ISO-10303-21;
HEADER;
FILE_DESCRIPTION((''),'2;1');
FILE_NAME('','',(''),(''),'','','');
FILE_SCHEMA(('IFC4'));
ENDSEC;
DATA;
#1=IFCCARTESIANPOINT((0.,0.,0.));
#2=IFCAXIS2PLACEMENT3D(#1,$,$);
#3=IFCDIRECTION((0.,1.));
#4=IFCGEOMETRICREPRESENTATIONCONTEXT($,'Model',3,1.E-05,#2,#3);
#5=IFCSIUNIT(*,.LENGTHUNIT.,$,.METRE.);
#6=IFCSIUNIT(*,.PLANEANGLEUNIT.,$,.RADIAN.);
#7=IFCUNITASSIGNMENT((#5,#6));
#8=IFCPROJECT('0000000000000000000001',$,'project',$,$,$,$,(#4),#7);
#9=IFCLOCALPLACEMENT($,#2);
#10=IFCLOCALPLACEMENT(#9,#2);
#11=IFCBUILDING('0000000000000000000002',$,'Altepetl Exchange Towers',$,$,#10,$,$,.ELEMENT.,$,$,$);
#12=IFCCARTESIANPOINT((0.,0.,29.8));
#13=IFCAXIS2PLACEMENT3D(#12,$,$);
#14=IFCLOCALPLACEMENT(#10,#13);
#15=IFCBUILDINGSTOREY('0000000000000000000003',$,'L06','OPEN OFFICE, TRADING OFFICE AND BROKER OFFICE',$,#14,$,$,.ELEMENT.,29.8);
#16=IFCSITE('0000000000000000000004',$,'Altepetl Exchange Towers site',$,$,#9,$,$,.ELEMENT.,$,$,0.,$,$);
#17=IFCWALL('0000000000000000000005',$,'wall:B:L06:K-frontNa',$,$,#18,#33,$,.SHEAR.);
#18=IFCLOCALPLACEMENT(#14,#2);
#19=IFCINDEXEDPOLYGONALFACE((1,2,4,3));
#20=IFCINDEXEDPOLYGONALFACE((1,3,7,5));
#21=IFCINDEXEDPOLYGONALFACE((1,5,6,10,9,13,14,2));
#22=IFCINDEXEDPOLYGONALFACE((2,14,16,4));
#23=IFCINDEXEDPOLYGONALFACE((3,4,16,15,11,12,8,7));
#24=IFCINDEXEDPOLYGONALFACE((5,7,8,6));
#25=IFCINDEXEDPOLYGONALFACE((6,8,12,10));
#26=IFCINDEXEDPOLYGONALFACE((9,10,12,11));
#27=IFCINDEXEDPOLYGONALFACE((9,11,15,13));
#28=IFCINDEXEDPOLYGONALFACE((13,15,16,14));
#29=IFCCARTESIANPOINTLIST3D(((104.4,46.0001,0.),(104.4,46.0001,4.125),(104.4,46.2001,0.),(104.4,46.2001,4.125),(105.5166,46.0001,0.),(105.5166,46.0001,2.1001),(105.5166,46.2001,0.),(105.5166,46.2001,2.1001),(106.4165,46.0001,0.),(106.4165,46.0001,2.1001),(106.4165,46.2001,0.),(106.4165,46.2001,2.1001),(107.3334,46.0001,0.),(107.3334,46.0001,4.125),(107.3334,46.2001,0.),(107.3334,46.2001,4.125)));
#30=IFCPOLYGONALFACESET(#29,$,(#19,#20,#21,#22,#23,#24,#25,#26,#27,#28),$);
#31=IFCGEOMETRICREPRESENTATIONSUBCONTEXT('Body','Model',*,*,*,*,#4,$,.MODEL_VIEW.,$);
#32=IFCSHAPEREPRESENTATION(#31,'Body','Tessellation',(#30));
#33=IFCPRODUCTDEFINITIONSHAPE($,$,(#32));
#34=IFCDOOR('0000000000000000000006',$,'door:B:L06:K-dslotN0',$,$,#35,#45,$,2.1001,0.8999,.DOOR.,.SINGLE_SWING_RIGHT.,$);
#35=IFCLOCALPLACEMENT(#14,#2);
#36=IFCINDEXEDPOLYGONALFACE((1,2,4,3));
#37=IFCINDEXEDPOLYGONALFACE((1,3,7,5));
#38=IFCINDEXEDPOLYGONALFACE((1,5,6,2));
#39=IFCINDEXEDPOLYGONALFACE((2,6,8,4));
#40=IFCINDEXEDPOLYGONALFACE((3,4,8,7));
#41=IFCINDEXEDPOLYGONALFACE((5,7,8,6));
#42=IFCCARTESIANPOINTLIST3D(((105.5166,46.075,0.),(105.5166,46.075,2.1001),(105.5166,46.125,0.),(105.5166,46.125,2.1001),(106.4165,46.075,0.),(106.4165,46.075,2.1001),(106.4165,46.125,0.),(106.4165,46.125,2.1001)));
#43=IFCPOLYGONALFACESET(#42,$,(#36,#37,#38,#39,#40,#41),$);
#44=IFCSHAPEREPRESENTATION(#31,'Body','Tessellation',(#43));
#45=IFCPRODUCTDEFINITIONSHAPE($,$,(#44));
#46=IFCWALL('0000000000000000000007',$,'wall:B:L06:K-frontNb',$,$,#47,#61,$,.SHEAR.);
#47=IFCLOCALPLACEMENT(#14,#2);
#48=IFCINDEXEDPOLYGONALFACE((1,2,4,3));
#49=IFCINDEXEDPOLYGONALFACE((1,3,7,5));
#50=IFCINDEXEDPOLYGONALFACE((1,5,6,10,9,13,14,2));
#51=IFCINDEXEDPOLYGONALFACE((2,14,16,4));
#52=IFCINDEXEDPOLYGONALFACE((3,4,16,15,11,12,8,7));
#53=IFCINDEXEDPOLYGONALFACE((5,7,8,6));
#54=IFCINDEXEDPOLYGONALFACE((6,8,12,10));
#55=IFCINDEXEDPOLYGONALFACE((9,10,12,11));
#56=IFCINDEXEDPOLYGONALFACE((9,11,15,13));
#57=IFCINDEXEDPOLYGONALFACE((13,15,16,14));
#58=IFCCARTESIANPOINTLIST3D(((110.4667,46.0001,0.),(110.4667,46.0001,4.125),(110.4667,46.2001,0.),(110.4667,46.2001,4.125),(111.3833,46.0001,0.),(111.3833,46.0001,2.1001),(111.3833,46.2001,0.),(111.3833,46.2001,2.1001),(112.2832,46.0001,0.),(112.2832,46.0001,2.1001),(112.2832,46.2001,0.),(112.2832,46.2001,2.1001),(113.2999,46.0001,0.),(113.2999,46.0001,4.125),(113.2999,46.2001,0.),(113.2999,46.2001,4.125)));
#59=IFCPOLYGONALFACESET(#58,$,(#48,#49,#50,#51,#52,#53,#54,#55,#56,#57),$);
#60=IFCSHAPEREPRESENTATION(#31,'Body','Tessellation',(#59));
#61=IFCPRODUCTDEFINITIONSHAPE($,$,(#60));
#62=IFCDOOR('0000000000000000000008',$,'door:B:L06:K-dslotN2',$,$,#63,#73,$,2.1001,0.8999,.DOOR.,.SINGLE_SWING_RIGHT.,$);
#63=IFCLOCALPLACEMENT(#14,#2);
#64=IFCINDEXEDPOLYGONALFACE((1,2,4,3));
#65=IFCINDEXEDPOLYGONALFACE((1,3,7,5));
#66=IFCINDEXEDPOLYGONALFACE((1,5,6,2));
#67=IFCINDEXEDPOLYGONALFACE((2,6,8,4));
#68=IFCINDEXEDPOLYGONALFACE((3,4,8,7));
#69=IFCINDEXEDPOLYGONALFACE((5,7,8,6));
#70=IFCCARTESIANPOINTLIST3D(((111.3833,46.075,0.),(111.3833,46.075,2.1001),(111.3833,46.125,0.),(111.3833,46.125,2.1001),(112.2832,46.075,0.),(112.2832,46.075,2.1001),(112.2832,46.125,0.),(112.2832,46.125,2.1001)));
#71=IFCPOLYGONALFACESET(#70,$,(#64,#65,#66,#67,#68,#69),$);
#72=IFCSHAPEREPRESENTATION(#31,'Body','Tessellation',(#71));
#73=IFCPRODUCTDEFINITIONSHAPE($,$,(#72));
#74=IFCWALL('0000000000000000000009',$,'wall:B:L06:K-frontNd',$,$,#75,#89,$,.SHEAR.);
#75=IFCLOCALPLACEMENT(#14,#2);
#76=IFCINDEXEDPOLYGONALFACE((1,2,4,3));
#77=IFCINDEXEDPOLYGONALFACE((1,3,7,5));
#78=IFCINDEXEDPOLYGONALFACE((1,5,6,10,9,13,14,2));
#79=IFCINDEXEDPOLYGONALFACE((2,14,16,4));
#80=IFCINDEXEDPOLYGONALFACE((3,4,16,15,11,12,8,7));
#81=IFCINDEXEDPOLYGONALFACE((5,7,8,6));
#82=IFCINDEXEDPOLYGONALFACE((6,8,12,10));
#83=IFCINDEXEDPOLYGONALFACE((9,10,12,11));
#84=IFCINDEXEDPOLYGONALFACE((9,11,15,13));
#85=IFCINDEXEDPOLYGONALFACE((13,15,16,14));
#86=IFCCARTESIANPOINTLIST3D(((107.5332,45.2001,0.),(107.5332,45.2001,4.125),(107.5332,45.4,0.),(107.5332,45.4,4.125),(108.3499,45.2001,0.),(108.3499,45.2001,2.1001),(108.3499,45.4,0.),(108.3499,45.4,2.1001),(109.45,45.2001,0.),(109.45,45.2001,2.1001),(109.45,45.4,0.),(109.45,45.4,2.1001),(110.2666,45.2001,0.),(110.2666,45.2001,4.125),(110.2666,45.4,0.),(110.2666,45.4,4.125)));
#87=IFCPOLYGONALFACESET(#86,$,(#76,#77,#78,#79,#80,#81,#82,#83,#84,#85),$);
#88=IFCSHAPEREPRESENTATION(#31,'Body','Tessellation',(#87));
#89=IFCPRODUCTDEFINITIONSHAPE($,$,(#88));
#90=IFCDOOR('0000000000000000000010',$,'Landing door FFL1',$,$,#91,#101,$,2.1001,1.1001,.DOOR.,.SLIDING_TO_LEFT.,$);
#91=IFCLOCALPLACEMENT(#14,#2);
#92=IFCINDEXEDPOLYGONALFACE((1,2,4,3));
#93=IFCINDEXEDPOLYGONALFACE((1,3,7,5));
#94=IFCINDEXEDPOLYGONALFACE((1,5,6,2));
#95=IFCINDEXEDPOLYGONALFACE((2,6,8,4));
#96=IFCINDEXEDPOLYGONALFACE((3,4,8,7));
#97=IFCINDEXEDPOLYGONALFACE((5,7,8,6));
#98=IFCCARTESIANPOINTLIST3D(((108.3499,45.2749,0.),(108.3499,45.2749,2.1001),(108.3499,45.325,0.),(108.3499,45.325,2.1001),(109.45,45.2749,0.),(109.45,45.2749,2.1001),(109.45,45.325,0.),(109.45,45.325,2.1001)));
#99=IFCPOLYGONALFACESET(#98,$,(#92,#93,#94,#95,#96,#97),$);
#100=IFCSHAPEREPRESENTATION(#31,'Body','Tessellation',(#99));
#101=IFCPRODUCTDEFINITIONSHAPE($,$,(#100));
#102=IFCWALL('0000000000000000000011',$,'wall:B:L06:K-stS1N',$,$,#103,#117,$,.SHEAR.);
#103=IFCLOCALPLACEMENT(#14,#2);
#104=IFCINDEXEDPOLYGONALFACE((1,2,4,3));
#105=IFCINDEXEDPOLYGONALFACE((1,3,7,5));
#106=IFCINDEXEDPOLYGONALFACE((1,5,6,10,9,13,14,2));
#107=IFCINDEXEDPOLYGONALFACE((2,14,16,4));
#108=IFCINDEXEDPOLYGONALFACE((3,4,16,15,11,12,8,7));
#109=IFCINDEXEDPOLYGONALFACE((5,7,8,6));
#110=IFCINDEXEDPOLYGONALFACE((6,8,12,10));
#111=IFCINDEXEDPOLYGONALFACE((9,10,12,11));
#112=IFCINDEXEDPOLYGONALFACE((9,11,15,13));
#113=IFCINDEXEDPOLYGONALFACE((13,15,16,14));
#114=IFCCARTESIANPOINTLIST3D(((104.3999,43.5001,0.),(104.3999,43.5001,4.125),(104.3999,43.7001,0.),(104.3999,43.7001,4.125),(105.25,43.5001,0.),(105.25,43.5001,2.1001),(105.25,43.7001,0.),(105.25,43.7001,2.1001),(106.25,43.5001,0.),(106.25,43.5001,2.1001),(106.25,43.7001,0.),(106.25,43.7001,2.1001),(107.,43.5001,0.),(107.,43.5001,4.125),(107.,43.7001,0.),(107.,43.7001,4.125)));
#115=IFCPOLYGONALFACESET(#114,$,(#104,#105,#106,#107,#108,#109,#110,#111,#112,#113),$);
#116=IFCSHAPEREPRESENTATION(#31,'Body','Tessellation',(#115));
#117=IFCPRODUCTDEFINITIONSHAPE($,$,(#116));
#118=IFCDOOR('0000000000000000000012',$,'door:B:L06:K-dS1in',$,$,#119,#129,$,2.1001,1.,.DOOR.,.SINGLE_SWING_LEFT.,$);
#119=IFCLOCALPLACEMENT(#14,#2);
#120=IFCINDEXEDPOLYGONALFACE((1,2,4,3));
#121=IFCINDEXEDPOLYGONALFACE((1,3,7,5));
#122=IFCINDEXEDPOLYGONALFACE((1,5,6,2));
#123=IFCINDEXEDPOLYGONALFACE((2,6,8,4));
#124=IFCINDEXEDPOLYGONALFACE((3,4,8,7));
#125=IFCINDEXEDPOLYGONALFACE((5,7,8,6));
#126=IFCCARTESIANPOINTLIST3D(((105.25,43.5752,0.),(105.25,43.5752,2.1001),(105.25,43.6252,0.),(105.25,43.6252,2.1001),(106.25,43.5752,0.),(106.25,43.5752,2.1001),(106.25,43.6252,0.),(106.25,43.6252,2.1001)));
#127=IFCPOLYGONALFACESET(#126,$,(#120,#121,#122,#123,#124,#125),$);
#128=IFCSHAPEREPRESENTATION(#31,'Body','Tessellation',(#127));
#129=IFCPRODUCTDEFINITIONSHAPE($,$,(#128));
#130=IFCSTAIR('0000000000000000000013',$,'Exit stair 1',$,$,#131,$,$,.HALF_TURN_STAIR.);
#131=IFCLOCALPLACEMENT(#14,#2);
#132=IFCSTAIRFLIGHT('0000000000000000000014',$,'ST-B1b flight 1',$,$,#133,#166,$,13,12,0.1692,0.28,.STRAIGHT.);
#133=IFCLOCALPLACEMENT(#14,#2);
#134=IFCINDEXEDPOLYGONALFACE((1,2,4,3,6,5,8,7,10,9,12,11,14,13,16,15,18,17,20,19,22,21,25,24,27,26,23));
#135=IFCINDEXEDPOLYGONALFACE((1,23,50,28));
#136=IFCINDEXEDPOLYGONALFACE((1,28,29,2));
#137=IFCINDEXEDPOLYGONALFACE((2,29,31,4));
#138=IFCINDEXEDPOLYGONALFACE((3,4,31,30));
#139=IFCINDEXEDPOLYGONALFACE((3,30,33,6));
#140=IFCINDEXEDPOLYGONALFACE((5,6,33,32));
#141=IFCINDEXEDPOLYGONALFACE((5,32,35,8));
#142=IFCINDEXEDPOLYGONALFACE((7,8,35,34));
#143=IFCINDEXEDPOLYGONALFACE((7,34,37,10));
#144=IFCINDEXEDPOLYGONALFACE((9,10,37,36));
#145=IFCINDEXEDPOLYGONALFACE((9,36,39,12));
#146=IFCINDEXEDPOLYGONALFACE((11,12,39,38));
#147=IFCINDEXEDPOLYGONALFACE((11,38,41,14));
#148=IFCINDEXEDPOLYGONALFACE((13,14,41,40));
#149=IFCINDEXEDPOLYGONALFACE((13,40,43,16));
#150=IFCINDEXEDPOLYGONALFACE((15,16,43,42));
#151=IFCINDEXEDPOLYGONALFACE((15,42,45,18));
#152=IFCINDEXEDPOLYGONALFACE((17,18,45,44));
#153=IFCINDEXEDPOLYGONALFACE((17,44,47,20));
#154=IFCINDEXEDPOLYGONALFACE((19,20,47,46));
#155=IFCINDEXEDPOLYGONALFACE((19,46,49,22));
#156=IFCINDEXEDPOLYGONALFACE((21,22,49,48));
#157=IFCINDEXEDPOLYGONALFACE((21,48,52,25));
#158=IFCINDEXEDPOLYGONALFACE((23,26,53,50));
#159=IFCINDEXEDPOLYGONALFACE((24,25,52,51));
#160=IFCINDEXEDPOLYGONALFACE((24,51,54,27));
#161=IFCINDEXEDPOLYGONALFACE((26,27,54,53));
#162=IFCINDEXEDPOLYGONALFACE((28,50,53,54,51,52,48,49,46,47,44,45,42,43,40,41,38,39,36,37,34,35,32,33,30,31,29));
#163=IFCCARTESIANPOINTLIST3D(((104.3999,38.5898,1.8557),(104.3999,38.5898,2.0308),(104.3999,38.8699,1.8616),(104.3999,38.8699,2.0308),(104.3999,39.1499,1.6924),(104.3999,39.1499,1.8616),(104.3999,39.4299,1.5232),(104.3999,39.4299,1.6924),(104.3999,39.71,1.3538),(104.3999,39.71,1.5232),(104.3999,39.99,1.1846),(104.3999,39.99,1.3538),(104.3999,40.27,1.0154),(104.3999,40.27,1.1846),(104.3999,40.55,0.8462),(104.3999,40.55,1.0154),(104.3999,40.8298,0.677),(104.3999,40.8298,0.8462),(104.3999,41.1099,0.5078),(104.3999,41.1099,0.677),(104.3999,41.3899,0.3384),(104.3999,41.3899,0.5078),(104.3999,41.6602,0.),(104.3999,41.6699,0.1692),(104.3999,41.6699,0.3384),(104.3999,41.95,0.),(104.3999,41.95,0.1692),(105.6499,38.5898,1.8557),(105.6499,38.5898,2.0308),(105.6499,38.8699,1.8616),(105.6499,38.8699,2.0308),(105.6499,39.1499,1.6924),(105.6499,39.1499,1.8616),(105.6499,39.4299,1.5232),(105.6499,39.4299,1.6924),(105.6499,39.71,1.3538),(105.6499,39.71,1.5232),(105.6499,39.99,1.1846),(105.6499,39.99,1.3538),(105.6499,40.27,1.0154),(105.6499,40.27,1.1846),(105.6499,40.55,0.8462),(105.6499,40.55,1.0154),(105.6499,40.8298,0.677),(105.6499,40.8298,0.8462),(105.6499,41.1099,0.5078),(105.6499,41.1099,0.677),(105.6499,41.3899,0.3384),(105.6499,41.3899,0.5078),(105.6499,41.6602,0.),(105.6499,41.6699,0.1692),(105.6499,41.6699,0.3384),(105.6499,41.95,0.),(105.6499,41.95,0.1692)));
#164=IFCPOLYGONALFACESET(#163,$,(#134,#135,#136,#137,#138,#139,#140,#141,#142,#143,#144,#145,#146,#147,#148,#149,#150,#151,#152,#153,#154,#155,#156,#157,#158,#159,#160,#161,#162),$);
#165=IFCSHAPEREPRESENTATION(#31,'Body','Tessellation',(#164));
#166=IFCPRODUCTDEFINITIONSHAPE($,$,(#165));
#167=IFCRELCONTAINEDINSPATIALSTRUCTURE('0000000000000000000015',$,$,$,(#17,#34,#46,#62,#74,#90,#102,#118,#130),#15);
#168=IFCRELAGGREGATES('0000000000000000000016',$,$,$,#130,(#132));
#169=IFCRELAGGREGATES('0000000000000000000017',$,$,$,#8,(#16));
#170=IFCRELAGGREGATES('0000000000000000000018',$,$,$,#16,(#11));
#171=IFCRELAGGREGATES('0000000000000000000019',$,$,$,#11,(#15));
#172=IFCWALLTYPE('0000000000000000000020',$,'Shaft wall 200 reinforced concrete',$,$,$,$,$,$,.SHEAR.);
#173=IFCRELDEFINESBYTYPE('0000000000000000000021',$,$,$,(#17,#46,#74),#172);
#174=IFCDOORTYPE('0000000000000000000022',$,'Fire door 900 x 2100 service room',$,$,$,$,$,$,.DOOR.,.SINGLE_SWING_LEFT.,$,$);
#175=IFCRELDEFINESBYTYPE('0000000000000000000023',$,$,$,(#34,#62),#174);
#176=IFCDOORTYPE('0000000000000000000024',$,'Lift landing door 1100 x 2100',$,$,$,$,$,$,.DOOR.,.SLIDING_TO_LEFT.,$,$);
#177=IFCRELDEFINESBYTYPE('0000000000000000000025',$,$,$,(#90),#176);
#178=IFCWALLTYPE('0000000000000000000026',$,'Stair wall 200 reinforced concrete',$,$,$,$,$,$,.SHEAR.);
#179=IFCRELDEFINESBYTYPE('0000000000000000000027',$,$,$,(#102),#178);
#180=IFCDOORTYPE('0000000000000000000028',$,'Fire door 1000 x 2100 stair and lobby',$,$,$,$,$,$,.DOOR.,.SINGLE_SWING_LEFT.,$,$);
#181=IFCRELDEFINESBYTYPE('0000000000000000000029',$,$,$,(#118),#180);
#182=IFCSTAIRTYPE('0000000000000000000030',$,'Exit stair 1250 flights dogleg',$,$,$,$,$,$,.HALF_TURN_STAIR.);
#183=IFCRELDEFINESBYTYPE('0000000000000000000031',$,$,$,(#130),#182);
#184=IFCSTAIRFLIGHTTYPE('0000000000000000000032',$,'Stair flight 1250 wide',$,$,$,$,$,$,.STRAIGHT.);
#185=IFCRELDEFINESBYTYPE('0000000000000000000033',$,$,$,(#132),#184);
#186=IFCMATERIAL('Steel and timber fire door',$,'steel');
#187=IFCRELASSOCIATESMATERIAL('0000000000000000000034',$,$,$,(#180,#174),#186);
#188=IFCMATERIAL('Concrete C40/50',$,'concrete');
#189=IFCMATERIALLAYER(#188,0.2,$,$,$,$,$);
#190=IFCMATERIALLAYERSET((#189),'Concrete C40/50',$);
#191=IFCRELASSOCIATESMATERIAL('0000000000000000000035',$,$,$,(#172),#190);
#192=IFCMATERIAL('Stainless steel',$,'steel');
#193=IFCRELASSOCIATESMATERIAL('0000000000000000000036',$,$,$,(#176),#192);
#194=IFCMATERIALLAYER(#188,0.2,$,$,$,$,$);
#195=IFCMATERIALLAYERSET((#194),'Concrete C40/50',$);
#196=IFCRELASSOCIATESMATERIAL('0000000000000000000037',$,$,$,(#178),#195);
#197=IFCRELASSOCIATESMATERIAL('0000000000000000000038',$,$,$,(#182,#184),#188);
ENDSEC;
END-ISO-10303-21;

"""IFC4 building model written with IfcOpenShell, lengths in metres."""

from ifc_helpers import new_model, si_unit, direction, frame, frame_2d, origin, place, context, subcontext, project, spatial, polyline, rectangle, outline, extrude, material, layer, layer_set, type_object, element, fill, aggregate, save


model = new_model("IFC4")

# Units and contexts
model_context = context("Model", 3, precision=1e-05, world=origin(), true_north=direction((0.0, 1.0)))
body_context = subcontext(model_context, "Body", "Model", "MODEL_VIEW")
ifc_project = project(units=[si_unit("LENGTHUNIT", "METRE"), si_unit("PLANEANGLEUNIT", "RADIAN")], contexts=[model_context])

# Site, building, storey
site_placement = place(None, origin())
site = spatial("IfcSite", under=ifc_project, at=site_placement, Name="Altepetl Exchange Towers site", CompositionType="ELEMENT", RefElevation=0.0)
building_placement = place(site_placement, origin())
building = spatial("IfcBuilding", under=site, at=building_placement, Name="Altepetl Exchange Towers", CompositionType="ELEMENT")
storey_placement = place(building_placement, frame((0.0, 0.0, 29.8)))
storey = spatial("IfcBuildingStorey", under=building, at=storey_placement, Name="L06", Description="OPEN OFFICE, TRADING OFFICE AND BROKER OFFICE", CompositionType="ELEMENT", Elevation=29.8)

# Shared definitions
ifc_material_1 = material(Name="Steel and timber fire door", Category="steel")
door_type_1 = type_object("IfcDoorType", Name="Fire door 1000 x 2100 stair and lobby", OperationType="SINGLE_SWING_LEFT", PredefinedType="DOOR", material=ifc_material_1)
door_type_2 = type_object("IfcDoorType", Name="Fire door 900 x 2100 service room", OperationType="SINGLE_SWING_LEFT", PredefinedType="DOOR", material=ifc_material_1)

# Shared definitions
ifc_material_2 = material(Name="Concrete C40/50", Category="concrete")
ifc_layer_1 = layer(ifc_material_2, 0.2)
ifc_layer_set_1 = layer_set([ifc_layer_1], Name="Concrete C40/50")
wall_type_1 = type_object("IfcWallType", Name="Shaft wall 200 reinforced concrete", PredefinedType="SHEAR", material=ifc_layer_set_1)

# Walls, openings, doors
wall_1_placement = place(storey_placement, frame((104.3999, 46.1001, 0.0)))
wall_1 = element("IfcWall", 1, at=wall_1_placement, inside=storey, type_object=wall_type_1, Name="wall:B:L06:K-frontNa", PredefinedType="SHEAR", context=body_context, shape_type="SweptSolid", body=[
    extrude(rectangle(XDim=2.9333, YDim=0.2, at=frame_2d((1.4668, 0.0))), origin(), (0.0, 0.0, 1.0), 4.125),
])
opening_1_placement = place(wall_1_placement, frame((1.1167, 0.0, 0.0)))
opening_1 = element("IfcOpeningElement", 2, at=opening_1_placement, cuts=wall_1, PredefinedType="OPENING", context=body_context, shape_type="SweptSolid", body=[
    extrude(rectangle(XDim=0.8999, YDim=2.1001, at=frame_2d((0.45, 1.05))), frame((0.0, 0.1099, 0.0), z_axis=(0.0, -1.0, 0.0), x_axis=(1.0, 0.0, 0.0)), (0.0, 0.0, 1.0), 0.22),
])
door_1_placement = place(opening_1_placement, origin())
door_1 = element("IfcDoor", 3, at=door_1_placement, inside=storey, type_object=door_type_2, Name="door:B:L06:K-dslotN0", OperationType="SINGLE_SWING_RIGHT", OverallHeight=2.1001, OverallWidth=0.8999, PredefinedType="DOOR", context=body_context, shape_type="SweptSolid", body=[
    extrude(rectangle(XDim=0.8999, YDim=2.1001, at=frame_2d((0.45, 1.05))), frame((0.0, 0.0249, 0.0), z_axis=(0.0, -1.0, 0.0), x_axis=(1.0, 0.0, 0.0)), (0.0, 0.0, 1.0), 0.05),
])
fill(opening_1, door_1)
wall_2_placement = place(storey_placement, frame((110.4668, 46.1001, 0.0)))
wall_2 = element("IfcWall", 4, at=wall_2_placement, inside=storey, type_object=wall_type_1, Name="wall:B:L06:K-frontNb", PredefinedType="SHEAR", context=body_context, shape_type="SweptSolid", body=[
    extrude(rectangle(XDim=2.8333, YDim=0.2, at=frame_2d((1.4165, 0.0))), origin(), (0.0, 0.0, 1.0), 4.125),
])
opening_2_placement = place(wall_2_placement, frame((0.9165, 0.0, 0.0)))
opening_2 = element("IfcOpeningElement", 5, at=opening_2_placement, cuts=wall_2, PredefinedType="OPENING", context=body_context, shape_type="SweptSolid", body=[
    extrude(rectangle(XDim=0.8999, YDim=2.1001, at=frame_2d((0.45, 1.05))), frame((0.0, 0.1099, 0.0), z_axis=(0.0, -1.0, 0.0), x_axis=(1.0, 0.0, 0.0)), (0.0, 0.0, 1.0), 0.22),
])
door_2_placement = place(opening_2_placement, origin())
door_2 = element("IfcDoor", 6, at=door_2_placement, inside=storey, type_object=door_type_2, Name="door:B:L06:K-dslotN2", OperationType="SINGLE_SWING_RIGHT", OverallHeight=2.1001, OverallWidth=0.8999, PredefinedType="DOOR", context=body_context, shape_type="SweptSolid", body=[
    extrude(rectangle(XDim=0.8999, YDim=2.1001, at=frame_2d((0.45, 1.05))), frame((0.0, 0.0249, 0.0), z_axis=(0.0, -1.0, 0.0), x_axis=(1.0, 0.0, 0.0)), (0.0, 0.0, 1.0), 0.05),
])
fill(opening_2, door_2)
wall_3_placement = place(storey_placement, frame((107.5332, 45.3, 0.0)))
wall_3 = element("IfcWall", 7, at=wall_3_placement, inside=storey, type_object=wall_type_1, Name="wall:B:L06:K-frontNd", PredefinedType="SHEAR", context=body_context, shape_type="SweptSolid", body=[
    extrude(rectangle(XDim=2.7334, YDim=0.2, at=frame_2d((1.3667, 0.0))), origin(), (0.0, 0.0, 1.0), 4.125),
])
opening_3_placement = place(wall_3_placement, frame((0.8167, 0.0, 0.0)))
opening_3 = element("IfcOpeningElement", 8, at=opening_3_placement, cuts=wall_3, PredefinedType="OPENING", context=body_context, shape_type="SweptSolid", body=[
    extrude(rectangle(XDim=1.1001, YDim=2.1001, at=frame_2d((0.55, 1.05))), frame((0.0, 0.1099, 0.0), z_axis=(0.0, -1.0, 0.0), x_axis=(1.0, 0.0, 0.0)), (0.0, 0.0, 1.0), 0.22),
])
ifc_material_3 = material(Name="Stainless steel", Category="steel")
door_type_3 = type_object("IfcDoorType", Name="Lift landing door 1100 x 2100", OperationType="SLIDING_TO_LEFT", PredefinedType="DOOR", material=ifc_material_3)
door_3_placement = place(opening_3_placement, origin())
door_3 = element("IfcDoor", 9, at=door_3_placement, inside=storey, type_object=door_type_3, Name="Landing door FFL1", OperationType="SLIDING_TO_LEFT", OverallHeight=2.1001, OverallWidth=1.1001, PredefinedType="DOOR", context=body_context, shape_type="SweptSolid", body=[
    extrude(rectangle(XDim=1.1001, YDim=2.1001, at=frame_2d((0.55, 1.05))), frame((0.0, 0.0249, 0.0), z_axis=(0.0, -1.0, 0.0), x_axis=(1.0, 0.0, 0.0)), (0.0, 0.0, 1.0), 0.05),
])
fill(opening_3, door_3)
ifc_layer_2 = layer(ifc_material_2, 0.2)
ifc_layer_set_2 = layer_set([ifc_layer_2], Name="Concrete C40/50")
wall_type_2 = type_object("IfcWallType", Name="Stair wall 200 reinforced concrete", PredefinedType="SHEAR", material=ifc_layer_set_2)
wall_4_placement = place(storey_placement, frame((104.3999, 43.6001, 0.0)))
wall_4 = element("IfcWall", 10, at=wall_4_placement, inside=storey, type_object=wall_type_2, Name="wall:B:L06:K-stS1N", PredefinedType="SHEAR", context=body_context, shape_type="SweptSolid", body=[
    extrude(rectangle(XDim=2.6001, YDim=0.2, at=frame_2d((1.3, 0.0))), origin(), (0.0, 0.0, 1.0), 4.125),
])
opening_4_placement = place(wall_4_placement, frame((0.8501, 0.0, 0.0)))
opening_4 = element("IfcOpeningElement", 11, at=opening_4_placement, cuts=wall_4, PredefinedType="OPENING", context=body_context, shape_type="SweptSolid", body=[
    extrude(rectangle(XDim=1.0, YDim=2.1001, at=frame_2d((0.5, 1.05))), frame((0.0, 0.1099, 0.0), z_axis=(0.0, -1.0, 0.0), x_axis=(1.0, 0.0, 0.0)), (0.0, 0.0, 1.0), 0.22),
])
door_4_placement = place(opening_4_placement, frame((1.0, 0.0, 0.0), x_axis=(-1.0, 0.0, 0.0)))
door_4 = element("IfcDoor", 12, at=door_4_placement, inside=storey, type_object=door_type_1, Name="door:B:L06:K-dS1in", OperationType="SINGLE_SWING_LEFT", OverallHeight=2.1001, OverallWidth=1.0, PredefinedType="DOOR", context=body_context, shape_type="SweptSolid", body=[
    extrude(rectangle(XDim=1.0, YDim=2.1001, at=frame_2d((0.5, 1.05))), frame((0.0, 0.0249, 0.0), z_axis=(0.0, -1.0, 0.0), x_axis=(1.0, 0.0, 0.0)), (0.0, 0.0, 1.0), 0.05),
])
fill(opening_4, door_4)

# Stair, stair flight
stair_type = type_object("IfcStairType", Name="Exit stair 1250 flights dogleg", PredefinedType="HALF_TURN_STAIR", material=ifc_material_2)
stair_1_placement = place(storey_placement, origin())
stair_1 = element("IfcStair", 13, at=stair_1_placement, inside=storey, type_object=stair_type, Name="Exit stair 1", PredefinedType="HALF_TURN_STAIR")
stair_flight_type = type_object("IfcStairFlightType", Name="Stair flight 1250 wide", PredefinedType="STRAIGHT", material=ifc_material_2)
stair_flight_1_placement = place(storey_placement, frame((105.0249, 41.95, 0.0), z_axis=(0.0, 0.0, 1.0), x_axis=(0.0, -1.0, 0.0)))
stair_flight_1 = element("IfcStairFlight", 14, at=stair_flight_1_placement, type_object=stair_flight_type, Name="ST-B1b flight 1", NumberOfRisers=13, NumberOfTreads=12, PredefinedType="STRAIGHT", RiserHeight=0.1692, TreadLength=0.28, context=body_context, shape_type="SweptSolid", body=[
    extrude(outline(polyline([(0.0, 0.0), (0.0, 0.1692), (0.28, 0.1692), (0.28, 0.3384), (0.5601, 0.3384), (0.5601, 0.5078), (0.8401, 0.5078), (0.8401, 0.677), (1.1201, 0.677), (1.1201, 0.8462), (1.3999, 0.8462), (1.3999, 1.0154), (1.6799, 1.0154), (1.6799, 1.1846), (1.96, 1.1846), (1.96, 1.3538), (2.24, 1.3538), (2.24, 1.5232), (2.52, 1.5232), (2.52, 1.6924), (2.8, 1.6924), (2.8, 1.8616), (3.0801, 1.8616), (3.0801, 2.0308), (3.3601, 2.0308), (3.3601, 2.2), (3.3601, 1.8557), (0.2898, 0.0), (0.0, 0.0)])), frame((0.0, 0.625, 0.0), z_axis=(0.0, -1.0, 0.0), x_axis=(1.0, 0.0, 0.0)), (0.0, 0.0, 1.0), 1.25),
])
aggregate(stair_1, [stair_flight_1])

save(model, "model.ifc")
